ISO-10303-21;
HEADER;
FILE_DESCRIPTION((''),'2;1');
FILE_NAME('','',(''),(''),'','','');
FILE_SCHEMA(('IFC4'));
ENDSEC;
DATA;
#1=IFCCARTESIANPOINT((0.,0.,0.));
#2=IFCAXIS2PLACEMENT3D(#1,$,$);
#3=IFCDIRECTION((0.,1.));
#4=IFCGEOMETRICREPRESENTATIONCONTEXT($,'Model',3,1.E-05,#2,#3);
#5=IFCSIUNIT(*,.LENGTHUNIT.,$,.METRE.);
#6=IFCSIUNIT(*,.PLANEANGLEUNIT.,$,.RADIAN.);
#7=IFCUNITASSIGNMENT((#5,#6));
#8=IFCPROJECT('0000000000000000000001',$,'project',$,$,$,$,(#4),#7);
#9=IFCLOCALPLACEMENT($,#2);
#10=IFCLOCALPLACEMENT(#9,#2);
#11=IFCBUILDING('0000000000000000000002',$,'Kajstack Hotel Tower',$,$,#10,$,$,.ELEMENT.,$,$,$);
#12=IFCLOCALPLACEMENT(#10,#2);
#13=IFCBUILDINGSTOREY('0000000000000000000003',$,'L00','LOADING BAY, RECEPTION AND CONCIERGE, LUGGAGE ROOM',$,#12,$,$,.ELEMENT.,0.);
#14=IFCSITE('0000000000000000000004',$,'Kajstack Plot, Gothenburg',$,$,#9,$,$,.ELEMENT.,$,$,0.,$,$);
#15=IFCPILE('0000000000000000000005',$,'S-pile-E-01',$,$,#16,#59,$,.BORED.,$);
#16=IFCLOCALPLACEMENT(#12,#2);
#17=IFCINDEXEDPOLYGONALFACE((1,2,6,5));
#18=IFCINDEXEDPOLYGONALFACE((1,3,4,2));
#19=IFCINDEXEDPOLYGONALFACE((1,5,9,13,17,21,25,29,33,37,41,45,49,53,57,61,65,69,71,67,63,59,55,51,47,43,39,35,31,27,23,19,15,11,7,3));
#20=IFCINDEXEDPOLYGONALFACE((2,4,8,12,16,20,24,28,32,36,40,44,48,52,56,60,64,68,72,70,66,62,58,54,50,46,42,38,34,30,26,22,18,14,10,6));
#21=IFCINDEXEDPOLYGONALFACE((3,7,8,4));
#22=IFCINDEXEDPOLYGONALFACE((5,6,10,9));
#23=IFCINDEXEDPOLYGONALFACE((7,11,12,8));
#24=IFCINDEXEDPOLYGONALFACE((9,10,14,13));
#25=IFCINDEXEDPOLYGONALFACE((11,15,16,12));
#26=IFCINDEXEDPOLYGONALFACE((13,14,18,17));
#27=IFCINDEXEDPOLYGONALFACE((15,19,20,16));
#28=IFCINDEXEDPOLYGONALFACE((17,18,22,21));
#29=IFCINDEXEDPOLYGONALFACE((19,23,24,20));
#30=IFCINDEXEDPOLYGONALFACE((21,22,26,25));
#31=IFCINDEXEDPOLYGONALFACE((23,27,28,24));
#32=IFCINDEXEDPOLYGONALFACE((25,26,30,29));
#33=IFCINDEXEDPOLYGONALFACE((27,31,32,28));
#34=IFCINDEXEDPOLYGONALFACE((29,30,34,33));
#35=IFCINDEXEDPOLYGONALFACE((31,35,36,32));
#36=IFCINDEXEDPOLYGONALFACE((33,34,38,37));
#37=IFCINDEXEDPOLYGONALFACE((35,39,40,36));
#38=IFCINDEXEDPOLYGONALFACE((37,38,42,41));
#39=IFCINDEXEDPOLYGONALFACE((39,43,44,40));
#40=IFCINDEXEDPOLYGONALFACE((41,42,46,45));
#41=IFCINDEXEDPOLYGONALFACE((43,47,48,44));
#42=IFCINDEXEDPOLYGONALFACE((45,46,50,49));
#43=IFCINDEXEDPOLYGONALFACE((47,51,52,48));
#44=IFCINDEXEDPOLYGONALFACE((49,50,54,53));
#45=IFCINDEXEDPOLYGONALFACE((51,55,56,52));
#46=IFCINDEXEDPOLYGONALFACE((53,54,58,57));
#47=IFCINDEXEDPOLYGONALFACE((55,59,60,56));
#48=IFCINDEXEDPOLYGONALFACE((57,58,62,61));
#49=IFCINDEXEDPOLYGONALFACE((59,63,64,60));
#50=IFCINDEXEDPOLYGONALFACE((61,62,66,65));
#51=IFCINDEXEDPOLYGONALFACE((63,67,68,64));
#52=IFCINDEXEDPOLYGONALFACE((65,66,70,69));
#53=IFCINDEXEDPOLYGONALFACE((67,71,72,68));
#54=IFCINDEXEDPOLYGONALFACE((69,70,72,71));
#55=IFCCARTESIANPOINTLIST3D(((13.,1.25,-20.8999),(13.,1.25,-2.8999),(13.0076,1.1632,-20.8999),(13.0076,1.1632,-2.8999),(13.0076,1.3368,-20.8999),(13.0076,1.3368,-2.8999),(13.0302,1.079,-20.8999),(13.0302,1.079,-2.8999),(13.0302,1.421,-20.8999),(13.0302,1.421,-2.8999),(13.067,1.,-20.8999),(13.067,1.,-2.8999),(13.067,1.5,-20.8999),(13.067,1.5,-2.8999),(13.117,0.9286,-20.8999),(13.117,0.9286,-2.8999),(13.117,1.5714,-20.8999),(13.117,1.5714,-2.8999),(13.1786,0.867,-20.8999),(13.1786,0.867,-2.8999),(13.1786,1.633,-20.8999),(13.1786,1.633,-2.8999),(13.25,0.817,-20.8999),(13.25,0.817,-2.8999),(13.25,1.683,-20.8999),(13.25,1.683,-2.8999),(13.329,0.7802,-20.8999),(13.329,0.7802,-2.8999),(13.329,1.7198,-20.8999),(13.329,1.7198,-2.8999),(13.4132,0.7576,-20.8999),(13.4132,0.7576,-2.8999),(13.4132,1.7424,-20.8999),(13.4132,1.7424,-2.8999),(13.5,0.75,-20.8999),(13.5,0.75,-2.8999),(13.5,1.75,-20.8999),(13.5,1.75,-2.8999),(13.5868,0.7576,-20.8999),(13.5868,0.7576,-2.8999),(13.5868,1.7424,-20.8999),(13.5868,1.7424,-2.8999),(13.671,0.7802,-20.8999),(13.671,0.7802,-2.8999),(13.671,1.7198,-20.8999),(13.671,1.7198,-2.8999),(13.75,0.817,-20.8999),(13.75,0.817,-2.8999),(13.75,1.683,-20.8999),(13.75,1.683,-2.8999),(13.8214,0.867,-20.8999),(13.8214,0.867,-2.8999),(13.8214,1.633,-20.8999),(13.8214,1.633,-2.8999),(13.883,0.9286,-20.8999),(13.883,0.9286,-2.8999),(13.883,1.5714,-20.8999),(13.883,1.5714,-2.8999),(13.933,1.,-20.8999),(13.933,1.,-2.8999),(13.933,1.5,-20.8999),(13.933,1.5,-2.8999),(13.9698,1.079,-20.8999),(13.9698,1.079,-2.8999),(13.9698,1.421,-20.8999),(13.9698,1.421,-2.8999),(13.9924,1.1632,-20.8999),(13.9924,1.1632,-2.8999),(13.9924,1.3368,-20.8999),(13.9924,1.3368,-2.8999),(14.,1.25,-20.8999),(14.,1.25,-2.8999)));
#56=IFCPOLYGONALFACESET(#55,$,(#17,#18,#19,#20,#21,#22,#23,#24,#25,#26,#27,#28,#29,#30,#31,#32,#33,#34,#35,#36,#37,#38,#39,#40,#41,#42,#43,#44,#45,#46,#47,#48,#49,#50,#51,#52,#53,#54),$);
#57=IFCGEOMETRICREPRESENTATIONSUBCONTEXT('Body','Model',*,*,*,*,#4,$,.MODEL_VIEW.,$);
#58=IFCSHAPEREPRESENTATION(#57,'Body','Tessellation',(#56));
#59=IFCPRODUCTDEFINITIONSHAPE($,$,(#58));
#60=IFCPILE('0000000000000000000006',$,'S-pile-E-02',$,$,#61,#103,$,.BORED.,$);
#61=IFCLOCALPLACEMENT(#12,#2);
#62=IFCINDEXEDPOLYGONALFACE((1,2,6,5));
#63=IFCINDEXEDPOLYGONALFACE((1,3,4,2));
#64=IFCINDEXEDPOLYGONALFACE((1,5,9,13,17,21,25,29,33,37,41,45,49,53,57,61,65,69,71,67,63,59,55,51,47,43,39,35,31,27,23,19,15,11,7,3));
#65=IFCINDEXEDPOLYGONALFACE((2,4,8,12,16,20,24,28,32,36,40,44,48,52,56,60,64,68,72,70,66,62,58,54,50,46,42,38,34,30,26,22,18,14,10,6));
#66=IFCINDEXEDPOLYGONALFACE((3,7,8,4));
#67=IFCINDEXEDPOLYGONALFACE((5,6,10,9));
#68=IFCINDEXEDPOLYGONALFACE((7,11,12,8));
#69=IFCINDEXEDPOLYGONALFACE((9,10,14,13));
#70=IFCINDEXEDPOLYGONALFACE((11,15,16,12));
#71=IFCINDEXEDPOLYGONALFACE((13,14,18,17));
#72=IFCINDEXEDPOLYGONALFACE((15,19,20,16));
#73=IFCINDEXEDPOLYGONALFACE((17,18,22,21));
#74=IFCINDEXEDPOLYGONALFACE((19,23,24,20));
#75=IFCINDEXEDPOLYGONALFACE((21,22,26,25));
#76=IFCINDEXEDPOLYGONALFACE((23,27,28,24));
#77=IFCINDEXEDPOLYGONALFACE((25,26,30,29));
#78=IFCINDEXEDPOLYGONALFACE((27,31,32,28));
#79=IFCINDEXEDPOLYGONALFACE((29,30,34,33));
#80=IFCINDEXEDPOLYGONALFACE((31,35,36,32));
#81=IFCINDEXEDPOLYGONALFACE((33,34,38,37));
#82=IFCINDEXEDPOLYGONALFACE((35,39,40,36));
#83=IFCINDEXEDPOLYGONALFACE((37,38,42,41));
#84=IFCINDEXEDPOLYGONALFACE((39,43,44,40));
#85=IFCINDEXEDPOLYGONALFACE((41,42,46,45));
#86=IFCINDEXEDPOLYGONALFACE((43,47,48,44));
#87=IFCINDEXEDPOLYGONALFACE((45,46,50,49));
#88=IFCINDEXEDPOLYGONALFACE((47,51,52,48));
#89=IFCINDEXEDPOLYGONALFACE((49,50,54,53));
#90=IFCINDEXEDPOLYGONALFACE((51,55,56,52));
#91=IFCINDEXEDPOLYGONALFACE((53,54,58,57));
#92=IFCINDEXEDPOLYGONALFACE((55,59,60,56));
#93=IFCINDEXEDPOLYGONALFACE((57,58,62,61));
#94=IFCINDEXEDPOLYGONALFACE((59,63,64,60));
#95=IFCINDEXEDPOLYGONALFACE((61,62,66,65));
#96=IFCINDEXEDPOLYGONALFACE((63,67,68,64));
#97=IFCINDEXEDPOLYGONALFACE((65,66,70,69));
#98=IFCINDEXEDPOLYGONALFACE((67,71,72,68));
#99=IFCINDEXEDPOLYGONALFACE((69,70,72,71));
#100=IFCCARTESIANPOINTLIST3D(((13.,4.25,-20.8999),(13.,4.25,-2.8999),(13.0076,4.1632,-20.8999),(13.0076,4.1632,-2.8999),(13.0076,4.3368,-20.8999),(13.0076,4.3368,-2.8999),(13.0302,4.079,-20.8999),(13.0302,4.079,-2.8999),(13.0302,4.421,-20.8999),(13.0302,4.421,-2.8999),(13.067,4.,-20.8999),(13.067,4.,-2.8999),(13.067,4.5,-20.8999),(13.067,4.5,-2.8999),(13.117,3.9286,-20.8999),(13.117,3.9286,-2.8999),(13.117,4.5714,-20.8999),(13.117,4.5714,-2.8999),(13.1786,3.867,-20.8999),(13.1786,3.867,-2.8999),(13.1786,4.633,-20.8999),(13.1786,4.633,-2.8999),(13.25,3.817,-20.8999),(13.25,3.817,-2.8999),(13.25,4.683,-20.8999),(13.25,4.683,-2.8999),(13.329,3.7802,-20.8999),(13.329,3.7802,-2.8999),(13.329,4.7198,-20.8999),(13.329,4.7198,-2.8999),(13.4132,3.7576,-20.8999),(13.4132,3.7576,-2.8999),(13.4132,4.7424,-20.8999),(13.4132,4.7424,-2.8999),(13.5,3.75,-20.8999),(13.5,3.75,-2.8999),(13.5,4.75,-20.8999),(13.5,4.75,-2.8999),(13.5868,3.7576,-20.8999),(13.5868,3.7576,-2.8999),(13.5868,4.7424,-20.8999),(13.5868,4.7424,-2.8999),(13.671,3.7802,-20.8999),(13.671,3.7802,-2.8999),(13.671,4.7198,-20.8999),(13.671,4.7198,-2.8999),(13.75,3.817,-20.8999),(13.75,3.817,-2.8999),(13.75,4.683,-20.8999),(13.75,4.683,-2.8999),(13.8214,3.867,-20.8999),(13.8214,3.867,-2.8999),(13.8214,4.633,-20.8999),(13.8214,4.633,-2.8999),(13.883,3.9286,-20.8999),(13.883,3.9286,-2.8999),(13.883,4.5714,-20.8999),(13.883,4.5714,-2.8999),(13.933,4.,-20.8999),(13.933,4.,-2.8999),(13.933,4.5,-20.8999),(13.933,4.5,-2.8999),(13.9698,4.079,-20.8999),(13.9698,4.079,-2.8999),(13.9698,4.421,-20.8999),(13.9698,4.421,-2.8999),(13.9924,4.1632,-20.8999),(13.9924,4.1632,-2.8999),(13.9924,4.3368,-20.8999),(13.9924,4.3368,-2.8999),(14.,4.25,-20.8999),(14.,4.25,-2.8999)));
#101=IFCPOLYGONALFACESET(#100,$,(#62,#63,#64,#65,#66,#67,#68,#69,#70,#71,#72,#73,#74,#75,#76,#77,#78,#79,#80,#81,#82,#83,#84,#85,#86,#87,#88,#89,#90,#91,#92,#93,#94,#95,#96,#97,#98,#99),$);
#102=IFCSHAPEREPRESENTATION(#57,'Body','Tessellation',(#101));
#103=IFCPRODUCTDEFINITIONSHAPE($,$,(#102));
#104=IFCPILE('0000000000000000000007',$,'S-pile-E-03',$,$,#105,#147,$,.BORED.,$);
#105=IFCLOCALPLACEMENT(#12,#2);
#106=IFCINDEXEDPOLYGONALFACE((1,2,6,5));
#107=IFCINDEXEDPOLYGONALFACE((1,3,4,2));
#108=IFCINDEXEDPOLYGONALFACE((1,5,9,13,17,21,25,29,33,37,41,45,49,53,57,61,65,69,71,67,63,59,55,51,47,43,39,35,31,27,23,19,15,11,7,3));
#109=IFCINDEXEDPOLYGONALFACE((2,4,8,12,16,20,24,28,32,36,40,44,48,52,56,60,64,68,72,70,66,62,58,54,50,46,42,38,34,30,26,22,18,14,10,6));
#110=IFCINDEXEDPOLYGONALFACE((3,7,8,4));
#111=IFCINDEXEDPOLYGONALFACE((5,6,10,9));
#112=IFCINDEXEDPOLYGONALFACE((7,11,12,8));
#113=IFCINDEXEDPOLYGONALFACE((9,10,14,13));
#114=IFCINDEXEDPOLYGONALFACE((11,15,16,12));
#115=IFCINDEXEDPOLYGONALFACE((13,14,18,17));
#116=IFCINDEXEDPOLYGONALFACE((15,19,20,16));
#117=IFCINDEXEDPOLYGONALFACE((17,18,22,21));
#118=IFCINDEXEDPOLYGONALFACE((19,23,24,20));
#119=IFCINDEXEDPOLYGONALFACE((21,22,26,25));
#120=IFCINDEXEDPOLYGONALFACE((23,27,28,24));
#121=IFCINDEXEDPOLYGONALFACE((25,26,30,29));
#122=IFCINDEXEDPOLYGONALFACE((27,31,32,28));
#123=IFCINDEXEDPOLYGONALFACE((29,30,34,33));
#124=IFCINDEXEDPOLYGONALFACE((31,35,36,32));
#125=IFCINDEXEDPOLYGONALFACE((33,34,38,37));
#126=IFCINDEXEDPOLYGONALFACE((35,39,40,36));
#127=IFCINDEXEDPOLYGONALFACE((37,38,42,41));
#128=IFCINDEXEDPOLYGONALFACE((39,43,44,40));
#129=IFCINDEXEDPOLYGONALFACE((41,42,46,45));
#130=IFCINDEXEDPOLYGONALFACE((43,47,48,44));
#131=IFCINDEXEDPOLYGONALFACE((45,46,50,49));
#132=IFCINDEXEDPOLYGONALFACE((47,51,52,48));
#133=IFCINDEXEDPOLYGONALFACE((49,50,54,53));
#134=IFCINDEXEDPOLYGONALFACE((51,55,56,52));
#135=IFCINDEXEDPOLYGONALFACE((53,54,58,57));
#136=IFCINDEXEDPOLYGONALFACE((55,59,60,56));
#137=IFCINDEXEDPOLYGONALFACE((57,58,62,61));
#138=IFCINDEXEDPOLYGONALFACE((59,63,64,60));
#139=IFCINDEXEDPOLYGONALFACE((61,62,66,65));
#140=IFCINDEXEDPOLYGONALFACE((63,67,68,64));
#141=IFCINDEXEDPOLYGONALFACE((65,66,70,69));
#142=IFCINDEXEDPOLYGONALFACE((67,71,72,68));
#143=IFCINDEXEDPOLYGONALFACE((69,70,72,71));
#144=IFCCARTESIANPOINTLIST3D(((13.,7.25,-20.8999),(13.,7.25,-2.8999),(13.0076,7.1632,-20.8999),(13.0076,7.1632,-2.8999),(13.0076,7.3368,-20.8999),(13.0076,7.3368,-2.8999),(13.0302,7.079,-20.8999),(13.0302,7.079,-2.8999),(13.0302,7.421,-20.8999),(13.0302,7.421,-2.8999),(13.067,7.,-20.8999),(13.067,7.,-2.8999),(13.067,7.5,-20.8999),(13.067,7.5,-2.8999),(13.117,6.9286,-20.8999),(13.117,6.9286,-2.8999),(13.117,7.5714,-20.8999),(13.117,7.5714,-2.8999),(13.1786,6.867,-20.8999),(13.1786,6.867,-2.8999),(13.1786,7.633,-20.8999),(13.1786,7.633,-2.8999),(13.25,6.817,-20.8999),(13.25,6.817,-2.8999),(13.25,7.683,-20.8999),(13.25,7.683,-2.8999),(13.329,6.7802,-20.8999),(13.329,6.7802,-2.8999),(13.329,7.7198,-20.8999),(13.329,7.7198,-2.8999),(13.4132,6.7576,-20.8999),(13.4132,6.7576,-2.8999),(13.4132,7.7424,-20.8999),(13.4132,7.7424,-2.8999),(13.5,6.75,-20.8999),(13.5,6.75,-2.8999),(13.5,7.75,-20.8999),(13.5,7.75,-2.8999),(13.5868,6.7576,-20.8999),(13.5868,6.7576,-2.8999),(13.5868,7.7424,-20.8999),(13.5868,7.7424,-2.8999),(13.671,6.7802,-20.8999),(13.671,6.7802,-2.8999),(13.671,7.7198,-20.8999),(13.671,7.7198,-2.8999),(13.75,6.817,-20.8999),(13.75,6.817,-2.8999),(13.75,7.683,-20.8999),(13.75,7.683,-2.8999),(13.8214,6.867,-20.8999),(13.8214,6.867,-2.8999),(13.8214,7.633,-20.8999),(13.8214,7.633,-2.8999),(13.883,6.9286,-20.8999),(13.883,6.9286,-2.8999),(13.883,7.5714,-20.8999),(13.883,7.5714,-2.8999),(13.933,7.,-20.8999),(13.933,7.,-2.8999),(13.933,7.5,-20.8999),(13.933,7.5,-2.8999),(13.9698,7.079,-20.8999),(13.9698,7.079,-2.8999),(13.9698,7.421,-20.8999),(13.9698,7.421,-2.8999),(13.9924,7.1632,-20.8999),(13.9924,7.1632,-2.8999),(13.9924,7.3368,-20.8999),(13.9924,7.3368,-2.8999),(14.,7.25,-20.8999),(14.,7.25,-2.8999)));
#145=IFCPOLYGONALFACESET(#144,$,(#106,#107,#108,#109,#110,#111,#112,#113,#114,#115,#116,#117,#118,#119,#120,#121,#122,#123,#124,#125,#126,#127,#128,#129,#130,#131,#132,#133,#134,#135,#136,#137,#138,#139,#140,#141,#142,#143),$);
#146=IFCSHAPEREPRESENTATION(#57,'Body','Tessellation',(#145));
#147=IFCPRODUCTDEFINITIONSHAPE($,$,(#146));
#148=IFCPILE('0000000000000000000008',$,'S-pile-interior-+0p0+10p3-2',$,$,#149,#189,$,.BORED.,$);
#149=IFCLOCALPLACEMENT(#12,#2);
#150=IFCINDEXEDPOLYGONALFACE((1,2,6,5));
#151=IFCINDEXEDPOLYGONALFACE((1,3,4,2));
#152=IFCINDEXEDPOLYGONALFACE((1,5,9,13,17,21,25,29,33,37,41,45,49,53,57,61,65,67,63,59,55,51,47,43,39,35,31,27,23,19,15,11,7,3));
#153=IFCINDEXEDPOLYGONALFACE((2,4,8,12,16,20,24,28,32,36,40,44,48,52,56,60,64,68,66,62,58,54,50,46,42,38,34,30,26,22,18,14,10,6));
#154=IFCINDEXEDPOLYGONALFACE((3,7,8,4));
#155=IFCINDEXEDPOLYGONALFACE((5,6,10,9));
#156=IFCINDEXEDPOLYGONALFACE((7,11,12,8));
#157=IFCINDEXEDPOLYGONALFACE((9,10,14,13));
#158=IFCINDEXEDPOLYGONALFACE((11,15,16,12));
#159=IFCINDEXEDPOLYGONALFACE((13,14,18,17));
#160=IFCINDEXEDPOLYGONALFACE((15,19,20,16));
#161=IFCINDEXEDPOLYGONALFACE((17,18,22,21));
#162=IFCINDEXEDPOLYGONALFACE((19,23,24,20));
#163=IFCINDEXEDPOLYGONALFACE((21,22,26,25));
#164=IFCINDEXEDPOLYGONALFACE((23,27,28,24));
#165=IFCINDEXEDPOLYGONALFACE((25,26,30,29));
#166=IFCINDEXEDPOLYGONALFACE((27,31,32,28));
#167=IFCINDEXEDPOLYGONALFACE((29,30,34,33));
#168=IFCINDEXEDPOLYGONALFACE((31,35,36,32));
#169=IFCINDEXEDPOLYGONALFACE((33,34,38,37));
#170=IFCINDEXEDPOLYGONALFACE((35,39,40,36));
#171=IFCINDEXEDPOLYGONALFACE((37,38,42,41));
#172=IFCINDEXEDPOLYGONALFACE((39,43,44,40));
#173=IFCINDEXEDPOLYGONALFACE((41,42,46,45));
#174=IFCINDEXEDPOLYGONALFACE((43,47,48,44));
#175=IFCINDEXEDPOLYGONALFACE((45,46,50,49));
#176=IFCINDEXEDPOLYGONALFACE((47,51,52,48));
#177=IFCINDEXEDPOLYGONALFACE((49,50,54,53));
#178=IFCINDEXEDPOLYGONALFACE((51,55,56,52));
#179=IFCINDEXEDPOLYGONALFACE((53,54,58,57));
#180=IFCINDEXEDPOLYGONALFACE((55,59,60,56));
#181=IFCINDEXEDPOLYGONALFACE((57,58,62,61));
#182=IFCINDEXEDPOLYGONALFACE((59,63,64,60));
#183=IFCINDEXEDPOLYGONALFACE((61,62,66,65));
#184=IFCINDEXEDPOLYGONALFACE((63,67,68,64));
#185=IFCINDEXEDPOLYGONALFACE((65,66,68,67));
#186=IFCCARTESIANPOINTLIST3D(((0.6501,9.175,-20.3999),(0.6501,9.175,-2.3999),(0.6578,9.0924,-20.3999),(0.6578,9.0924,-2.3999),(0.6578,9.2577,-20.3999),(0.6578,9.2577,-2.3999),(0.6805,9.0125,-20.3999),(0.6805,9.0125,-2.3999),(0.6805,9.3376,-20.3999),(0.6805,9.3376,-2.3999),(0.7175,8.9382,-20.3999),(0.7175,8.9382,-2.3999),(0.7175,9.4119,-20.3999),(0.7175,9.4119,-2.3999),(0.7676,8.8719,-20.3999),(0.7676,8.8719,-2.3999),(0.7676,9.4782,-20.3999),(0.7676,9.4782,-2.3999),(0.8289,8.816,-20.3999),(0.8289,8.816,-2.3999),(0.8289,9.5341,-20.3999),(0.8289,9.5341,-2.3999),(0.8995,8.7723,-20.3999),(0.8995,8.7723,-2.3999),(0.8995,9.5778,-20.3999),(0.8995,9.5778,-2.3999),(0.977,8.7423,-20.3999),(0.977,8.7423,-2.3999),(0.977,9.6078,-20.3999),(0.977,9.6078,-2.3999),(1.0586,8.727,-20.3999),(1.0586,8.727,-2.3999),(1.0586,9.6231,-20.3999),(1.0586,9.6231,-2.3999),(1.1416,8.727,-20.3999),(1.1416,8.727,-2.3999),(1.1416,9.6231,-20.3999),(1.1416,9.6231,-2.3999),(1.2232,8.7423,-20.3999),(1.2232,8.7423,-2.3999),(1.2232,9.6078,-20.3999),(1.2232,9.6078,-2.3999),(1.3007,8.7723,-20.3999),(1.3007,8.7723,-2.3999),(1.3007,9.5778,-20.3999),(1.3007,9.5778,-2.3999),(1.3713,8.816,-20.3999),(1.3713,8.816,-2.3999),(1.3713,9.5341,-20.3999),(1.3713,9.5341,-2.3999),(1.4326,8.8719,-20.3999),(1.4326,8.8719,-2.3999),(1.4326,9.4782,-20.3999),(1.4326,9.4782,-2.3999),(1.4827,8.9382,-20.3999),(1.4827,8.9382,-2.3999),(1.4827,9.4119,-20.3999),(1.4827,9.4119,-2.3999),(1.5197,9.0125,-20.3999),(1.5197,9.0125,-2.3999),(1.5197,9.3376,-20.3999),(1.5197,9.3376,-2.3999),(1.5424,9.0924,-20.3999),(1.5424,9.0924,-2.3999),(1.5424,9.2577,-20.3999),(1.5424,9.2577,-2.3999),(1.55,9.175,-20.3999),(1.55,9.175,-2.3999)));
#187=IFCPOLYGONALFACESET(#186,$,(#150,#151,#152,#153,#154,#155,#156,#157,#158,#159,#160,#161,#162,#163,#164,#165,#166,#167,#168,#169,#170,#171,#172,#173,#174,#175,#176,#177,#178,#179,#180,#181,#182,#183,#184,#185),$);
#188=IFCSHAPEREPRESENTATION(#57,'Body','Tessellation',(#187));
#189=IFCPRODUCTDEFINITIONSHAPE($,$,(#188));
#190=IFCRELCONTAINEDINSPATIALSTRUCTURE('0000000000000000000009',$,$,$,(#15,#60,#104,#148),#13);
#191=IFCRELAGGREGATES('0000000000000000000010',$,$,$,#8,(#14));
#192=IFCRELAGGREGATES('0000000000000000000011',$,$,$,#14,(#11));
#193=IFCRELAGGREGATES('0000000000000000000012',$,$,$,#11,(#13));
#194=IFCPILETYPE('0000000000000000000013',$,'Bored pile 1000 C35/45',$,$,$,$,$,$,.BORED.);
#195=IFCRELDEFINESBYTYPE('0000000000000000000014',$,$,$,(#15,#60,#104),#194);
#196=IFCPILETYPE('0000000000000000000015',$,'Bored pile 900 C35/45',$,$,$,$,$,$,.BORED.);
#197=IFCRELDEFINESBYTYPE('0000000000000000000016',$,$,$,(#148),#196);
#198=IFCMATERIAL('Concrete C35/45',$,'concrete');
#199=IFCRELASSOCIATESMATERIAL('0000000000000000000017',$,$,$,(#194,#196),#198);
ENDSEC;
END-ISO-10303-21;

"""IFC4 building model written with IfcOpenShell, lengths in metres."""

from ifc_helpers import new_model, si_unit, direction, frame, origin, origin_2d, place, context, subcontext, project, spatial, circle, extrude, material, material_profile, profile_set, type_object, element, save


model = new_model("IFC4")

# Units and contexts
model_context = context("Model", 3, precision=1e-05, world=origin(), true_north=direction((0.0, 1.0)))
body_context = subcontext(model_context, "Body", "Model", "MODEL_VIEW")
ifc_project = project(units=[si_unit("LENGTHUNIT", "METRE"), si_unit("PLANEANGLEUNIT", "RADIAN")], contexts=[model_context])

# Site, building, storey
site_placement = place(None, origin())
site = spatial("IfcSite", under=ifc_project, at=site_placement, Name="Kajstack Plot, Gothenburg", CompositionType="ELEMENT", RefElevation=0.0)
building_placement = place(site_placement, origin())
building = spatial("IfcBuilding", under=site, at=building_placement, Name="Kajstack Hotel Tower", CompositionType="ELEMENT")
storey_placement = place(building_placement, origin())
storey = spatial("IfcBuildingStorey", under=building, at=storey_placement, Name="L00", Description="LOADING BAY, RECEPTION AND CONCIERGE, LUGGAGE ROOM", CompositionType="ELEMENT", Elevation=0.0)

# Piles
ifc_material_1 = material(Name="Concrete C35/45", Category="concrete")
ifc_material_profile_1 = material_profile(ifc_material_1, circle(Radius=0.5, at=origin_2d()), Name="RC round 1000")
ifc_profile_set_1 = profile_set([ifc_material_profile_1], Name="Concrete C35/45")
pile_type_1 = type_object("IfcPileType", Name="Bored pile 1000 C35/45", PredefinedType="BORED", material=ifc_profile_set_1)
for number, where, z_axis, x_axis, name in (
    (1, (13.5, 1.25, -2.8999), (0.0, 0.0, -1.0), (1.0, 0.0, 0.0), "S-pile-E-01"),
    (2, (13.5, 4.25, -2.8999), (0.0, 0.0, -1.0), (1.0, 0.0, 0.0), "S-pile-E-02"),
    (3, (13.5, 7.25, -2.8999), (0.0, 0.0, -1.0), (1.0, 0.0, 0.0), "S-pile-E-03"),
):
    element("IfcPile", number, at=place(storey_placement, frame(where, z_axis=z_axis, x_axis=x_axis)), inside=storey, type_object=pile_type_1, Name=name, PredefinedType="BORED", context=body_context, shape_type="SweptSolid", body=[
        extrude(circle(Radius=0.5, at=origin_2d()), origin(), (0.0, 0.0, 1.0), 18.0),
    ])
ifc_material_profile_2 = material_profile(ifc_material_1, circle(Radius=0.45, at=origin_2d()), Name="RC round 900")
ifc_profile_set_2 = profile_set([ifc_material_profile_2], Name="Concrete C35/45")
pile_type_2 = type_object("IfcPileType", Name="Bored pile 900 C35/45", PredefinedType="BORED", material=ifc_profile_set_2)
for number, where, z_axis, x_axis, name in (
    (4, (1.1001, 9.175, -2.3999), (0.0, 0.0, -1.0), (1.0, 0.0, 0.0), "S-pile-interior-+0p0+10p3-2"),
):
    element("IfcPile", number, at=place(storey_placement, frame(where, z_axis=z_axis, x_axis=x_axis)), inside=storey, type_object=pile_type_2, Name=name, PredefinedType="BORED", context=body_context, shape_type="SweptSolid", body=[
        extrude(circle(Radius=0.45, at=origin_2d()), origin(), (0.0, 0.0, 1.0), 18.0),
    ])

save(model, "model.ifc")
